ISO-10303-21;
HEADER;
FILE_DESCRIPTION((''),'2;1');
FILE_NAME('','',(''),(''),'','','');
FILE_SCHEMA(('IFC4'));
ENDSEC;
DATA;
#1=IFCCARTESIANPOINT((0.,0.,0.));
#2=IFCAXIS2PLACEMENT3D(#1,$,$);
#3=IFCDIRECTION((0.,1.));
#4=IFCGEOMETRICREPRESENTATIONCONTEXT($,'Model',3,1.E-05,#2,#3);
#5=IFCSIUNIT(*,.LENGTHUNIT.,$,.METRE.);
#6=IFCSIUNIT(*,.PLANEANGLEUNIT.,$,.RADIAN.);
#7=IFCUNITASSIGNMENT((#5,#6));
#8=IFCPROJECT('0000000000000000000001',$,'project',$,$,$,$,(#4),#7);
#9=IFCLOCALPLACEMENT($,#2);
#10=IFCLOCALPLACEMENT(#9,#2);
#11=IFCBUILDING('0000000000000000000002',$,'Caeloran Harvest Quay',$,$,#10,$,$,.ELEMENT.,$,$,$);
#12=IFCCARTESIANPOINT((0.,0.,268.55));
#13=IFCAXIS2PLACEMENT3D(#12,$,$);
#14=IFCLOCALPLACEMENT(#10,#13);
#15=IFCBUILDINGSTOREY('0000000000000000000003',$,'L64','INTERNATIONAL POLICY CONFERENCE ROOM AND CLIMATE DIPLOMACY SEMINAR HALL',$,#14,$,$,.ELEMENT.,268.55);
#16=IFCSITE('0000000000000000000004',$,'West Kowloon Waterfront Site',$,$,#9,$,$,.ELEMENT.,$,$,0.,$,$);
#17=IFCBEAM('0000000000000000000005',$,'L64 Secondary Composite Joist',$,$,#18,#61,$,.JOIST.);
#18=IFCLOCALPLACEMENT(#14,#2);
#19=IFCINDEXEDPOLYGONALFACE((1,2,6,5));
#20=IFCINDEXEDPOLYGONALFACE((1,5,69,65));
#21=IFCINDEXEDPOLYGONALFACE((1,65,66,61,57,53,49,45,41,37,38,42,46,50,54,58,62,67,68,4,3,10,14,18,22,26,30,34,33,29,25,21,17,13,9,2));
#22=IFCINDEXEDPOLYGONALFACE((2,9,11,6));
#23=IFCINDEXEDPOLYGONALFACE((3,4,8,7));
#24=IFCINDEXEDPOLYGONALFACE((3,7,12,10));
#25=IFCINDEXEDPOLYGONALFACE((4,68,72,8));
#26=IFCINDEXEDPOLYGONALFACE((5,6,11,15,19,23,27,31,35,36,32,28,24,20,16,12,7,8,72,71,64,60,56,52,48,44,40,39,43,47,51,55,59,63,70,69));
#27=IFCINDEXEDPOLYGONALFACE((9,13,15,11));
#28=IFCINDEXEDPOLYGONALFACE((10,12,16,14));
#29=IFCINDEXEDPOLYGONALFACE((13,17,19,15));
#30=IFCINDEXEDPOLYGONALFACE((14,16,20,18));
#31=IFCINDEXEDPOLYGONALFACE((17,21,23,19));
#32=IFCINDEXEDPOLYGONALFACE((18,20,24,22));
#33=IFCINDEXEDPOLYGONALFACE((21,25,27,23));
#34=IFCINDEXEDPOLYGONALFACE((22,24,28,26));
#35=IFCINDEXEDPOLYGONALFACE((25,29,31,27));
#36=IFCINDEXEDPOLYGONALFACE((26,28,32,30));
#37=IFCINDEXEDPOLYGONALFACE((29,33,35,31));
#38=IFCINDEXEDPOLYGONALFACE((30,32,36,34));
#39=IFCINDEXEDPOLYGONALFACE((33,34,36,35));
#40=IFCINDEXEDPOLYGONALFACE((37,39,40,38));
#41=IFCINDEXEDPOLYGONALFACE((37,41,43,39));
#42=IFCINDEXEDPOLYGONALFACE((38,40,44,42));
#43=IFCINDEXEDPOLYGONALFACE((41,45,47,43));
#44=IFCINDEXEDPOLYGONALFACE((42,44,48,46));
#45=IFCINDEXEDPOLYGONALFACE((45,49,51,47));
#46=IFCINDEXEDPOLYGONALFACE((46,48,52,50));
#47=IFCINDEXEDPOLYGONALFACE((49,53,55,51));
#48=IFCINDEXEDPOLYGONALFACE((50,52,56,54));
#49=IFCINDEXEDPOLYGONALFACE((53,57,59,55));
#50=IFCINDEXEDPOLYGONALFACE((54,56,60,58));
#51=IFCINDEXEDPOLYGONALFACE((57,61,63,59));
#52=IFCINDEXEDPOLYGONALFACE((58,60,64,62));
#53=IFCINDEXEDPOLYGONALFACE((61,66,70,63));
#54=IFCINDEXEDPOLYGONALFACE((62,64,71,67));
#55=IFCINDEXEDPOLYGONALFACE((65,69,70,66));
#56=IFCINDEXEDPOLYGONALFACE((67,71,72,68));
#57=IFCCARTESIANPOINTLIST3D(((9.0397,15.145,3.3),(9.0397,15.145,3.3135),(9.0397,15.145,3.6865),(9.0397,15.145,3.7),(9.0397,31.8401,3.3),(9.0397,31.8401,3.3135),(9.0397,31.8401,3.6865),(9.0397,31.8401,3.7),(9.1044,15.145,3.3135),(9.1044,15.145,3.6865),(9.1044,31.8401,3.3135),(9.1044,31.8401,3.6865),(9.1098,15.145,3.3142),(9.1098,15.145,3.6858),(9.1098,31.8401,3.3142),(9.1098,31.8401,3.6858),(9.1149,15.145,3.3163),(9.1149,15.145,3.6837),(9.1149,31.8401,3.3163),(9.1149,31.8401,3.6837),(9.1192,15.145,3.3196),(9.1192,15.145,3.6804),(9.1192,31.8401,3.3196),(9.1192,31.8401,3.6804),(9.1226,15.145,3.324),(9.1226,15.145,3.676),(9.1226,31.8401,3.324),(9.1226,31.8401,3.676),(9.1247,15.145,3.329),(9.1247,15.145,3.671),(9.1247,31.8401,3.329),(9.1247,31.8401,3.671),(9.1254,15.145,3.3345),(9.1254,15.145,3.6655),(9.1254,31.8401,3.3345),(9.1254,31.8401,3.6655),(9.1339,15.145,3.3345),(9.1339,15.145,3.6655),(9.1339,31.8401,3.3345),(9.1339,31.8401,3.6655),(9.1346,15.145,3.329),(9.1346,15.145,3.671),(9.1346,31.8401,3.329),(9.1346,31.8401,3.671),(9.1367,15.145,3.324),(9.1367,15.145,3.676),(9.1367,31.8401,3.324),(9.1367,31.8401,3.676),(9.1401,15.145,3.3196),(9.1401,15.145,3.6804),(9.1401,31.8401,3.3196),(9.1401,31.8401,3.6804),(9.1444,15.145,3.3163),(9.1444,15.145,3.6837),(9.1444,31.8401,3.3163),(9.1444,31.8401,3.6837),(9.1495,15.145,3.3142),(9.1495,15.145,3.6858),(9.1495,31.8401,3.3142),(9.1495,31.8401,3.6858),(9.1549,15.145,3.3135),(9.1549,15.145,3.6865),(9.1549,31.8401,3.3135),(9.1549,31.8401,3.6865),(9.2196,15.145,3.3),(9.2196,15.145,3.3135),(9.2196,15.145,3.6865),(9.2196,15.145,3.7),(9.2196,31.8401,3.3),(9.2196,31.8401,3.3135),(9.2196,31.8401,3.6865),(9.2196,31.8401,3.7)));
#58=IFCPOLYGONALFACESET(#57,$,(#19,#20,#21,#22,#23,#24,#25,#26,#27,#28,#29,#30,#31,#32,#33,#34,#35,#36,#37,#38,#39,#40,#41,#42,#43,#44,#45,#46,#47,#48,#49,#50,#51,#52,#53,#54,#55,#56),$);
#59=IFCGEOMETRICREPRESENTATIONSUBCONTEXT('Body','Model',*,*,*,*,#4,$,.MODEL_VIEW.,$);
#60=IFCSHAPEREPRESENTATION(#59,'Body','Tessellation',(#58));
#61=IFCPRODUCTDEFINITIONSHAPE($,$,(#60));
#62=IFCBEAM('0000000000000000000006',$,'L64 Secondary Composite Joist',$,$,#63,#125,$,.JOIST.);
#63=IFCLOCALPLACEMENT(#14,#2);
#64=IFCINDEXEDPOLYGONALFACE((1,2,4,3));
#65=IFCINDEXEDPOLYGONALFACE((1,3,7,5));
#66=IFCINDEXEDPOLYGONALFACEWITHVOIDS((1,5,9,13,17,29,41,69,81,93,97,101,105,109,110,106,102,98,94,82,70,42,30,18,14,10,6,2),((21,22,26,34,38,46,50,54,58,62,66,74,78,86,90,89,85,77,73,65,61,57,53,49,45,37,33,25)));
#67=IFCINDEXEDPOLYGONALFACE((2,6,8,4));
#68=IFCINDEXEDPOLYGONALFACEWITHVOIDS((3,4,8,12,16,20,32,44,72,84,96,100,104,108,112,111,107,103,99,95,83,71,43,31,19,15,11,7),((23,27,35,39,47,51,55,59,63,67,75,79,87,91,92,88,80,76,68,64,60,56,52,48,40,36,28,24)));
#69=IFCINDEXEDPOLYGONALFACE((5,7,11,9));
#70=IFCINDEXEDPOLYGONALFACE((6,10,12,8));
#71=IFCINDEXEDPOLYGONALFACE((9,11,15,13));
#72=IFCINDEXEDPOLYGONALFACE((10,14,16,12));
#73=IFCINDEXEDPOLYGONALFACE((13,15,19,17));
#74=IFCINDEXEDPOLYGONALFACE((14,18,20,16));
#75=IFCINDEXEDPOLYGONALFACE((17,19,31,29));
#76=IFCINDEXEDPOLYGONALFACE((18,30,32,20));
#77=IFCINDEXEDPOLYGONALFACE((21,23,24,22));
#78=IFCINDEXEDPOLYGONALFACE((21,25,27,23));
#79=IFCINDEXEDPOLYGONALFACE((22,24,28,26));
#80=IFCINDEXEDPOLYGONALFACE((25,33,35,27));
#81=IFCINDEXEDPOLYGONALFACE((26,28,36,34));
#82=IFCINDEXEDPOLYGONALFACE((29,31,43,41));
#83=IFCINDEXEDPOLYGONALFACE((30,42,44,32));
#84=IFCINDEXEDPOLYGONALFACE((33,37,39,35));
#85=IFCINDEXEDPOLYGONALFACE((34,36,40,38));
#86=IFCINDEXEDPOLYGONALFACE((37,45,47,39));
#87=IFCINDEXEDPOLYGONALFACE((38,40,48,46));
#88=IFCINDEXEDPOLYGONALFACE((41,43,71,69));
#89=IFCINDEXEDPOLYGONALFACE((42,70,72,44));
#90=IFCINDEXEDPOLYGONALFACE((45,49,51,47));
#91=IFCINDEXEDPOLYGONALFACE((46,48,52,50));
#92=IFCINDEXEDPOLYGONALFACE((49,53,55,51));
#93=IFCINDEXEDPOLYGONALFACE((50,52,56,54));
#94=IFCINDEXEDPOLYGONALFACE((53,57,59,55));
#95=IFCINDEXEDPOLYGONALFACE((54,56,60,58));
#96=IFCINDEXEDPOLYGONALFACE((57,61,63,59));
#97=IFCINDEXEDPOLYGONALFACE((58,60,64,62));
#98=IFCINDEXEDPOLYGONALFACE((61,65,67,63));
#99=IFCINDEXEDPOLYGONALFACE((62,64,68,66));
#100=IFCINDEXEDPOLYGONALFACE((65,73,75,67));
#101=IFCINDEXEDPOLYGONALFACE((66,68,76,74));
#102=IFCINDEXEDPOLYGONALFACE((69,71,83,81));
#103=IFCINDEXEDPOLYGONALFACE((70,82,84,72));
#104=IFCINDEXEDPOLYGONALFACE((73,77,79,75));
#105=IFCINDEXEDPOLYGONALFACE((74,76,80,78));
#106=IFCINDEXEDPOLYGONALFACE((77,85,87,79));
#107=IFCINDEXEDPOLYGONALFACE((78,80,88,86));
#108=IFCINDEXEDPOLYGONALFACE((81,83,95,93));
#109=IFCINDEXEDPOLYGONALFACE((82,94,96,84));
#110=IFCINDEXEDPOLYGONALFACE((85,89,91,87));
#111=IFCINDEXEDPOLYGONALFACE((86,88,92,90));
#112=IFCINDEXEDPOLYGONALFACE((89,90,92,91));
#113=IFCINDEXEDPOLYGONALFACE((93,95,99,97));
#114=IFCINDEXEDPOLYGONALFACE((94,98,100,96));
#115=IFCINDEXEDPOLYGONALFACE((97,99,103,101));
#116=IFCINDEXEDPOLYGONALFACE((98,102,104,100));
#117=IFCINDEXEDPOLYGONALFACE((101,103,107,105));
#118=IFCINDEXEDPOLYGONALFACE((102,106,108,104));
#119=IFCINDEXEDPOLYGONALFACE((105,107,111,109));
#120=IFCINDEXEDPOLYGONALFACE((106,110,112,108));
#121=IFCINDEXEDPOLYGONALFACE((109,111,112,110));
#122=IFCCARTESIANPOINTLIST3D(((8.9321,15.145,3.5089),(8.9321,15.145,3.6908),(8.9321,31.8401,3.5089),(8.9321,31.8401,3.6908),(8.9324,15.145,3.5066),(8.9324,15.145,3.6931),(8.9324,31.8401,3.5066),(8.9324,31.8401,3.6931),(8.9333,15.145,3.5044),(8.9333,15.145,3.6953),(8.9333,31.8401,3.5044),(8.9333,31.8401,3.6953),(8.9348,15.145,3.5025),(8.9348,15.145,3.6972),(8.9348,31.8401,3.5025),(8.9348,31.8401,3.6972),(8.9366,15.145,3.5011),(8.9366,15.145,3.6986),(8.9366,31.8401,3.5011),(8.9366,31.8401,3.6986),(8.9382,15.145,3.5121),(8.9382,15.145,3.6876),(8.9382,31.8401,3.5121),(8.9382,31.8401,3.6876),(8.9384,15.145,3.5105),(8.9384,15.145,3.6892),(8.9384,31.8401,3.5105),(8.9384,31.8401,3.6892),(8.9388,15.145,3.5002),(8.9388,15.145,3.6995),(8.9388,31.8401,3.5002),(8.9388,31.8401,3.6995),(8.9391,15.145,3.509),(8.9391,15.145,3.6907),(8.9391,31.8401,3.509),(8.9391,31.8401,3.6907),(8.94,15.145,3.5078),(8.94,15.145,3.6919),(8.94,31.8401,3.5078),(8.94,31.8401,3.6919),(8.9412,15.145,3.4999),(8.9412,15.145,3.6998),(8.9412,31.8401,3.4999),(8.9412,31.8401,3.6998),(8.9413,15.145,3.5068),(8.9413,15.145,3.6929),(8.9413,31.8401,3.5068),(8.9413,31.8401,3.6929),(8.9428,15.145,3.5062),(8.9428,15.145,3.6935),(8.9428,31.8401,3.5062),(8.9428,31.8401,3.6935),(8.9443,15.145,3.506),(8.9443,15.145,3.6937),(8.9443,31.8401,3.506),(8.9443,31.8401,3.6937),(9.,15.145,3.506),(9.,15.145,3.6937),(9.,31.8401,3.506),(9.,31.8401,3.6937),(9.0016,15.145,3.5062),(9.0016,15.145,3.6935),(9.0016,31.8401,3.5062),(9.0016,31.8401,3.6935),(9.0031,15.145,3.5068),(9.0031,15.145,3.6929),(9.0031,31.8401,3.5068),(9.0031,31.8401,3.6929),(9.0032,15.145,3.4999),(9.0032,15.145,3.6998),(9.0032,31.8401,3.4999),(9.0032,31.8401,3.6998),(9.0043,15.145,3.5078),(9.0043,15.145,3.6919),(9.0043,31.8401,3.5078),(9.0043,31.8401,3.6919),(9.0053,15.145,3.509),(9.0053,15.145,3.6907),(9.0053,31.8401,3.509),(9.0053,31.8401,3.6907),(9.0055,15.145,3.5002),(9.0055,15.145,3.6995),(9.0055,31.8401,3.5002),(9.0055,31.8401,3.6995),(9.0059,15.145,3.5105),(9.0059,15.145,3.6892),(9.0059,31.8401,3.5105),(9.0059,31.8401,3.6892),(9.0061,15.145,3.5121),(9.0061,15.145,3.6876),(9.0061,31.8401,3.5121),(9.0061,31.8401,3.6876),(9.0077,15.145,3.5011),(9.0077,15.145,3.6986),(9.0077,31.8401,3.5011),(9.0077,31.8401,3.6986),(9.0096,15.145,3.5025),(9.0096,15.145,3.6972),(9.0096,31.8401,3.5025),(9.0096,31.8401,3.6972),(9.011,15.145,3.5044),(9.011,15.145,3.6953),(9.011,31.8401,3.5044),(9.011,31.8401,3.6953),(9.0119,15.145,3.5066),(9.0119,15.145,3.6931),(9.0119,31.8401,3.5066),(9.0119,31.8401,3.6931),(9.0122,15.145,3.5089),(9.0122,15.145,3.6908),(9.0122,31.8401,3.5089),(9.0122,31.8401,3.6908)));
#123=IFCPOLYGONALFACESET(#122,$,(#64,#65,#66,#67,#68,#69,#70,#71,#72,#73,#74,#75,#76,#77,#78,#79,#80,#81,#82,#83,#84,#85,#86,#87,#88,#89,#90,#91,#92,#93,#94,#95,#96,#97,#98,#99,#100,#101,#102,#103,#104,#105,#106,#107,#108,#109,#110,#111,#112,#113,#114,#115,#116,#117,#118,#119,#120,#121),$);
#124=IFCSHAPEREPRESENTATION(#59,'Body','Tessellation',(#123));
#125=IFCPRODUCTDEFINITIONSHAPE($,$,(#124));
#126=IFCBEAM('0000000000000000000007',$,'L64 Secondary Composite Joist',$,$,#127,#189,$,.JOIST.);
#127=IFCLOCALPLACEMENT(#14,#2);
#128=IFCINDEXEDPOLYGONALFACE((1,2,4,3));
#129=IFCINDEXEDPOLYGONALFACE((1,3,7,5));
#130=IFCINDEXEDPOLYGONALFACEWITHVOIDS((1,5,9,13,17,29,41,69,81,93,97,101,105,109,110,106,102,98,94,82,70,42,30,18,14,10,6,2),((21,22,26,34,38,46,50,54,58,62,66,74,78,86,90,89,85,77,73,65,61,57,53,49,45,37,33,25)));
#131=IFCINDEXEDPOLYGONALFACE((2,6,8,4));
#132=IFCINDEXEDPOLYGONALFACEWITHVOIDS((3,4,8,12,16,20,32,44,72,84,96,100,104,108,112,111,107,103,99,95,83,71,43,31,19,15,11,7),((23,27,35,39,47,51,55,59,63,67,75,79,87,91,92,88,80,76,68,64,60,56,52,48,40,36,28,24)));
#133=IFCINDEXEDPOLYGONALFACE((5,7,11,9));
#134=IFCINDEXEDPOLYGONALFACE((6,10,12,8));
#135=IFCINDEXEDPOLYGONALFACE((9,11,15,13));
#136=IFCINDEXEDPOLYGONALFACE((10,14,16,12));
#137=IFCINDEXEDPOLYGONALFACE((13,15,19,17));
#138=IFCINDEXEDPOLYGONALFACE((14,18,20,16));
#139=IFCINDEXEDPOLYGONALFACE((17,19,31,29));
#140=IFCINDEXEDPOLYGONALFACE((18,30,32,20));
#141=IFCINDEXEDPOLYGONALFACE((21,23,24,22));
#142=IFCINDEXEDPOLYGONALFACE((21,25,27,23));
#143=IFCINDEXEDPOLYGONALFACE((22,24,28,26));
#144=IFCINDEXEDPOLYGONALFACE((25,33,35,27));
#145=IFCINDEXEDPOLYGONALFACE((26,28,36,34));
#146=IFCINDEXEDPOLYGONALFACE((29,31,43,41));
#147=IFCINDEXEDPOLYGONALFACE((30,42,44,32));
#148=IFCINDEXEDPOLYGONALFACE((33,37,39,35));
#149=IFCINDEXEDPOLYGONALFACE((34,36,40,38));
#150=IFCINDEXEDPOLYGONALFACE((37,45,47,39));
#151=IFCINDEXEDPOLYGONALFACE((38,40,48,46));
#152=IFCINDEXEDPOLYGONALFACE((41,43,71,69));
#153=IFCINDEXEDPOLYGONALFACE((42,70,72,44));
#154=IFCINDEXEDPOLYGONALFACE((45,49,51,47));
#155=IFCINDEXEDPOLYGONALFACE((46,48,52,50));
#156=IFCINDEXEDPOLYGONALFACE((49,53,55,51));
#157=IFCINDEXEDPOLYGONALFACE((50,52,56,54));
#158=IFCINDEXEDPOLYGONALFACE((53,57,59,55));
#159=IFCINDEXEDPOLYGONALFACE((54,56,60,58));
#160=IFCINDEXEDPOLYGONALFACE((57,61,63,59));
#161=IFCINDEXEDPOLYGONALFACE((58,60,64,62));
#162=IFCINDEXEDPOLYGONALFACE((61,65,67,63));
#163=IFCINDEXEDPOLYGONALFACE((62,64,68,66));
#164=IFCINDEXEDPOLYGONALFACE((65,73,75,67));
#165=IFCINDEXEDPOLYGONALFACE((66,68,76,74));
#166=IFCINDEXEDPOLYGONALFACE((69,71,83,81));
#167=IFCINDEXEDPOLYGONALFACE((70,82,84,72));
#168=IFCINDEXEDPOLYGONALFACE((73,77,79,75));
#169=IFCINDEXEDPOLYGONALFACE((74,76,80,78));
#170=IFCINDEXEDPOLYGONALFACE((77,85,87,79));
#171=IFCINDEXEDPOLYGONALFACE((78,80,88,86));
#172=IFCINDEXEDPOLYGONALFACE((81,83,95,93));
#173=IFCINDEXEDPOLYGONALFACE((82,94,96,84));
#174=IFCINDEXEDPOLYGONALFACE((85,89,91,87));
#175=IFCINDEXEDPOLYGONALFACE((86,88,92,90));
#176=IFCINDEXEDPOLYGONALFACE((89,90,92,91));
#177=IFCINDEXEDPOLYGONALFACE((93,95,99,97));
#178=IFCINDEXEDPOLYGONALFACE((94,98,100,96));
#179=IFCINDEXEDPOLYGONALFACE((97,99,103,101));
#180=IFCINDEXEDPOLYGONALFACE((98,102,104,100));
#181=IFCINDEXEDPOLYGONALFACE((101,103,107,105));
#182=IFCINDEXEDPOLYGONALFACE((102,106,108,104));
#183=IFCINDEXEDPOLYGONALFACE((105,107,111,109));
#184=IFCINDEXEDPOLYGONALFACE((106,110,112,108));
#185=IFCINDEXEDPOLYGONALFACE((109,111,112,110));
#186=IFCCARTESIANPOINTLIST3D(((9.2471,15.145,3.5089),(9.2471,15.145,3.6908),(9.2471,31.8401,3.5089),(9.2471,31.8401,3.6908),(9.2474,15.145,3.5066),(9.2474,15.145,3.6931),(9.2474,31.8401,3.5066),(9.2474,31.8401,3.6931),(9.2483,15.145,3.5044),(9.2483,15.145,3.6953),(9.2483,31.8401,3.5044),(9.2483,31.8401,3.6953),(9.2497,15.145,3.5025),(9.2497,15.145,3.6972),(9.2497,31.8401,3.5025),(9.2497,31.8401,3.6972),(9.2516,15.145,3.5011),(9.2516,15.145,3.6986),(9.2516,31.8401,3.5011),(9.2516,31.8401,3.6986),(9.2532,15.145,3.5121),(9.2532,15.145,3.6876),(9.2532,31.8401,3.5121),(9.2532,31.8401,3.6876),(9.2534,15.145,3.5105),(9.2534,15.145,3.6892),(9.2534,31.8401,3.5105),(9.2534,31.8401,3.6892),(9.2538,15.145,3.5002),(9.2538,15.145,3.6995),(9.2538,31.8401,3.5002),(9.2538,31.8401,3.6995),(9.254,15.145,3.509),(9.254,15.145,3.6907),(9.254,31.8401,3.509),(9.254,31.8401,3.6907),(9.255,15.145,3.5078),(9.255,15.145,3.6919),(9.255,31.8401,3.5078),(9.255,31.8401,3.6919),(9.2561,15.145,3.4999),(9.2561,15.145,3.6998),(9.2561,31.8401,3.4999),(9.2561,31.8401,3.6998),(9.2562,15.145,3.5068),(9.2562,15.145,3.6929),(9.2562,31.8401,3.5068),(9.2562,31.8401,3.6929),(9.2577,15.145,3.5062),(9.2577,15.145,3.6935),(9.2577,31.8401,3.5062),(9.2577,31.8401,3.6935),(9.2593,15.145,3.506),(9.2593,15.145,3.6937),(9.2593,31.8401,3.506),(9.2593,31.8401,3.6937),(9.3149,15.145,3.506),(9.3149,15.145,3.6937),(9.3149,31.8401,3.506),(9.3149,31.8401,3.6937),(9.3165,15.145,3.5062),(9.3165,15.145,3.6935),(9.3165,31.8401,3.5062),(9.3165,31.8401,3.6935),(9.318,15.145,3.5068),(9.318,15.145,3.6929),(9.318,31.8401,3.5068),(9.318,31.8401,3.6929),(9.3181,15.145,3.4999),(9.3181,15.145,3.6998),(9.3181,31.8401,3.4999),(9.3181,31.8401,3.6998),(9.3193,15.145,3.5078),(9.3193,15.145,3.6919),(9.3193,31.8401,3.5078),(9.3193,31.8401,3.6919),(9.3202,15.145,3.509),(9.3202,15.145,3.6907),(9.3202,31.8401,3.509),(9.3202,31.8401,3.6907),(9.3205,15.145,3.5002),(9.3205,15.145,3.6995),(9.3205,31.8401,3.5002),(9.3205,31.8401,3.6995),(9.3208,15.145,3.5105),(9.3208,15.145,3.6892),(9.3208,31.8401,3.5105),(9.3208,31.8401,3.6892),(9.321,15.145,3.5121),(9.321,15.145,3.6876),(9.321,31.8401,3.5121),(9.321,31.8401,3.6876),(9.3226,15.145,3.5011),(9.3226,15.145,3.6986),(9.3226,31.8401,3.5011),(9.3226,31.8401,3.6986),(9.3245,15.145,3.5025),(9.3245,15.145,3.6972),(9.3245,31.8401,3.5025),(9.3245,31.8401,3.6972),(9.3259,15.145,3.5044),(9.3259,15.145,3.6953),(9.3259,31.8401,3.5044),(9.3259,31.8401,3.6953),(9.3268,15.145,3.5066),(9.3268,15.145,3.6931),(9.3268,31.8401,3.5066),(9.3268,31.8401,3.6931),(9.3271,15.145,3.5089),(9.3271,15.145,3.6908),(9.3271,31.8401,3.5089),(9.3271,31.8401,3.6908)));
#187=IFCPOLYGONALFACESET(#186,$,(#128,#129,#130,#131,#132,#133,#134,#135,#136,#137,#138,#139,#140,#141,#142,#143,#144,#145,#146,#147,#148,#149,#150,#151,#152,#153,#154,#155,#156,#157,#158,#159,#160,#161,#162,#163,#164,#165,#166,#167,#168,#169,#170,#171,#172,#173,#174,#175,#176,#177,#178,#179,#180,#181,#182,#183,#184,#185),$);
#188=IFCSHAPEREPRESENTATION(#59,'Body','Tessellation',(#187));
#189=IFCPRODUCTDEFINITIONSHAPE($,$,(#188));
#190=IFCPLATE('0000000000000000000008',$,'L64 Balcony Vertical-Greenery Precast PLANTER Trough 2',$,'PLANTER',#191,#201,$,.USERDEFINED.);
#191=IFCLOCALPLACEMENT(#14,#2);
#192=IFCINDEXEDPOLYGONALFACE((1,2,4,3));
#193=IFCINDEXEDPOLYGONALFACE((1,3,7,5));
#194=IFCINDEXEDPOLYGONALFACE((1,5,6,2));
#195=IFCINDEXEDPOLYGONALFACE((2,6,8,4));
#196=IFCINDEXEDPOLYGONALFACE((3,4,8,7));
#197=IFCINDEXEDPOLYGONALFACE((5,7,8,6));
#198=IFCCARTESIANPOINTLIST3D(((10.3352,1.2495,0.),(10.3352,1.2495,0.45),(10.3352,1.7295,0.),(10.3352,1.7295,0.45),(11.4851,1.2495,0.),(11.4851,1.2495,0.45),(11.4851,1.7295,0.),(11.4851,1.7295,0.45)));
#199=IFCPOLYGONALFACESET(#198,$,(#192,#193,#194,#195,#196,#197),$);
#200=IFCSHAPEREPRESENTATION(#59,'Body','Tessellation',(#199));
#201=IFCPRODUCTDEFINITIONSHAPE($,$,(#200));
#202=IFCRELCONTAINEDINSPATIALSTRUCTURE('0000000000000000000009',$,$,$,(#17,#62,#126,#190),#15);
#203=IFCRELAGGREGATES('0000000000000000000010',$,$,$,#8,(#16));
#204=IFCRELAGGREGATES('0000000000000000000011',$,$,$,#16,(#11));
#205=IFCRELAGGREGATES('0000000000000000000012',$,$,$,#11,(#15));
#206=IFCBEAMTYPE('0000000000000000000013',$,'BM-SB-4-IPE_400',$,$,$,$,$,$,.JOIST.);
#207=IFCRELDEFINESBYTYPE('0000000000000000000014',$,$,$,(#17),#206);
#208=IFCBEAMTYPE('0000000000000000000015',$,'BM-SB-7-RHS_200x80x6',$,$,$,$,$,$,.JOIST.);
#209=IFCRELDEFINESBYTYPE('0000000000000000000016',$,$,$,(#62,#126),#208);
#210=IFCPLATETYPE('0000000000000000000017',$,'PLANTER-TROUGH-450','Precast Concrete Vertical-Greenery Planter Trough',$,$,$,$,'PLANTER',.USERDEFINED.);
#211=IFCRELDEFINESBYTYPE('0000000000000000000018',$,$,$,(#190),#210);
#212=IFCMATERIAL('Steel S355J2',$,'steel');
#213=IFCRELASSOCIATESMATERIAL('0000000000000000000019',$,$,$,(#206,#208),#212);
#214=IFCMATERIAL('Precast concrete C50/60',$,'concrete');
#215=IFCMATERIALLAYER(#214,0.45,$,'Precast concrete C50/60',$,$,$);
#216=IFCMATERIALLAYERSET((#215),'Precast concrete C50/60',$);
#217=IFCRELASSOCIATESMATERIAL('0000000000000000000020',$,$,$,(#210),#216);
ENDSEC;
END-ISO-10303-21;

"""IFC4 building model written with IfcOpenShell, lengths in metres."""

from ifc_helpers import new_model, si_unit, direction, frame, origin, origin_2d, place, context, subcontext, project, spatial, rectangle, hollow_rectangle, i_section, extrude, material, layer, layer_set, material_profile, profile_set, type_object, element, save


model = new_model("IFC4")

# Units and contexts
model_context = context("Model", 3, precision=1e-05, world=origin(), true_north=direction((0.0, 1.0)))
body_context = subcontext(model_context, "Body", "Model", "MODEL_VIEW")
ifc_project = project(units=[si_unit("LENGTHUNIT", "METRE"), si_unit("PLANEANGLEUNIT", "RADIAN")], contexts=[model_context])

# Site, building, storey
site_placement = place(None, origin())
site = spatial("IfcSite", under=ifc_project, at=site_placement, Name="West Kowloon Waterfront Site", CompositionType="ELEMENT", RefElevation=0.0)
building_placement = place(site_placement, origin())
building = spatial("IfcBuilding", under=site, at=building_placement, Name="Caeloran Harvest Quay", CompositionType="ELEMENT")
storey_placement = place(building_placement, frame((0.0, 0.0, 268.55)))
storey = spatial("IfcBuildingStorey", under=building, at=storey_placement, Name="L64", Description="INTERNATIONAL POLICY CONFERENCE ROOM AND CLIMATE DIPLOMACY SEMINAR HALL", CompositionType="ELEMENT", Elevation=268.55)

# Beams
ifc_material_1 = material(Name="Steel S355J2", Category="steel")
ifc_material_profile_1 = material_profile(ifc_material_1, i_section(OverallWidth=0.1799, OverallDepth=0.3999, WebThickness=0.0085, FlangeThickness=0.0134, FilletRadius=0.021, at=origin_2d()), Name="IPE 400")
ifc_profile_set_1 = profile_set([ifc_material_profile_1], Name="Steel S355J2")
beam_type_1 = type_object("IfcBeamType", Name="BM-SB-4-IPE_400", PredefinedType="JOIST", material=ifc_profile_set_1)
beam_1_placement = place(storey_placement, frame((9.1296, 15.145, 3.5), z_axis=(0.0, 1.0, 0.0), x_axis=(-1.0, 0.0, 0.0)))
element("IfcBeam", 1, at=beam_1_placement, inside=storey, type_object=beam_type_1, Name="L64 Secondary Composite Joist", PredefinedType="JOIST", context=body_context, shape_type="SweptSolid", body=[
    extrude(i_section(OverallWidth=0.1799, OverallDepth=0.3999, WebThickness=0.0085, FlangeThickness=0.0134, FilletRadius=0.021, at=origin_2d()), origin(), (0.0, 0.0, 1.0), 16.6951),
])
ifc_material_profile_2 = material_profile(ifc_material_1, hollow_rectangle(XDim=0.0801, YDim=0.2, WallThickness=0.0061, InnerFilletRadius=0.0061, OuterFilletRadius=0.009, at=origin_2d()), Name="RHS 200x80x6")
ifc_profile_set_2 = profile_set([ifc_material_profile_2], Name="Steel S355J2")
beam_type_2 = type_object("IfcBeamType", Name="BM-SB-7-RHS_200x80x6", PredefinedType="JOIST", material=ifc_profile_set_2)
for number, where, z_axis, x_axis, name in (
    (2, (8.9722, 15.145, 3.5999), (0.0, 1.0, 0.0), (-1.0, 0.0, 0.0), "L64 Secondary Composite Joist"),
    (3, (9.2871, 15.145, 3.5999), (0.0, 1.0, 0.0), (-1.0, 0.0, 0.0), "L64 Secondary Composite Joist"),
):
    element("IfcBeam", number, at=place(storey_placement, frame(where, z_axis=z_axis, x_axis=x_axis)), inside=storey, type_object=beam_type_2, Name=name, PredefinedType="JOIST", context=body_context, shape_type="SweptSolid", body=[
        extrude(hollow_rectangle(XDim=0.0801, YDim=0.2, WallThickness=0.0061, InnerFilletRadius=0.0061, OuterFilletRadius=0.009, at=origin_2d()), origin(), (0.0, 0.0, 1.0), 16.6951),
    ])

# Plate
ifc_material_2 = material(Name="Precast concrete C50/60", Category="concrete")
ifc_layer_1 = layer(ifc_material_2, 0.45, Name="Precast concrete C50/60")
ifc_layer_set_1 = layer_set([ifc_layer_1], Name="Precast concrete C50/60")
plate_type = type_object("IfcPlateType", Name="PLANTER-TROUGH-450", Description="Precast Concrete Vertical-Greenery Planter Trough", ElementType="PLANTER", PredefinedType="USERDEFINED", material=ifc_layer_set_1)
plate_placement = place(storey_placement, frame((10.9102, 1.4895, 0.0), z_axis=(0.0, 0.0, 1.0), x_axis=(1.0, 0.0, 0.0)))
element("IfcPlate", 4, at=plate_placement, inside=storey, type_object=plate_type, Name="L64 Balcony Vertical-Greenery Precast PLANTER Trough 2", ObjectType="PLANTER", PredefinedType="USERDEFINED", context=body_context, shape_type="SweptSolid", body=[
    extrude(rectangle(XDim=1.1499, YDim=0.48, at=origin_2d()), origin(), (0.0, 0.0, 1.0), 0.45),
])

save(model, "model.ifc")
